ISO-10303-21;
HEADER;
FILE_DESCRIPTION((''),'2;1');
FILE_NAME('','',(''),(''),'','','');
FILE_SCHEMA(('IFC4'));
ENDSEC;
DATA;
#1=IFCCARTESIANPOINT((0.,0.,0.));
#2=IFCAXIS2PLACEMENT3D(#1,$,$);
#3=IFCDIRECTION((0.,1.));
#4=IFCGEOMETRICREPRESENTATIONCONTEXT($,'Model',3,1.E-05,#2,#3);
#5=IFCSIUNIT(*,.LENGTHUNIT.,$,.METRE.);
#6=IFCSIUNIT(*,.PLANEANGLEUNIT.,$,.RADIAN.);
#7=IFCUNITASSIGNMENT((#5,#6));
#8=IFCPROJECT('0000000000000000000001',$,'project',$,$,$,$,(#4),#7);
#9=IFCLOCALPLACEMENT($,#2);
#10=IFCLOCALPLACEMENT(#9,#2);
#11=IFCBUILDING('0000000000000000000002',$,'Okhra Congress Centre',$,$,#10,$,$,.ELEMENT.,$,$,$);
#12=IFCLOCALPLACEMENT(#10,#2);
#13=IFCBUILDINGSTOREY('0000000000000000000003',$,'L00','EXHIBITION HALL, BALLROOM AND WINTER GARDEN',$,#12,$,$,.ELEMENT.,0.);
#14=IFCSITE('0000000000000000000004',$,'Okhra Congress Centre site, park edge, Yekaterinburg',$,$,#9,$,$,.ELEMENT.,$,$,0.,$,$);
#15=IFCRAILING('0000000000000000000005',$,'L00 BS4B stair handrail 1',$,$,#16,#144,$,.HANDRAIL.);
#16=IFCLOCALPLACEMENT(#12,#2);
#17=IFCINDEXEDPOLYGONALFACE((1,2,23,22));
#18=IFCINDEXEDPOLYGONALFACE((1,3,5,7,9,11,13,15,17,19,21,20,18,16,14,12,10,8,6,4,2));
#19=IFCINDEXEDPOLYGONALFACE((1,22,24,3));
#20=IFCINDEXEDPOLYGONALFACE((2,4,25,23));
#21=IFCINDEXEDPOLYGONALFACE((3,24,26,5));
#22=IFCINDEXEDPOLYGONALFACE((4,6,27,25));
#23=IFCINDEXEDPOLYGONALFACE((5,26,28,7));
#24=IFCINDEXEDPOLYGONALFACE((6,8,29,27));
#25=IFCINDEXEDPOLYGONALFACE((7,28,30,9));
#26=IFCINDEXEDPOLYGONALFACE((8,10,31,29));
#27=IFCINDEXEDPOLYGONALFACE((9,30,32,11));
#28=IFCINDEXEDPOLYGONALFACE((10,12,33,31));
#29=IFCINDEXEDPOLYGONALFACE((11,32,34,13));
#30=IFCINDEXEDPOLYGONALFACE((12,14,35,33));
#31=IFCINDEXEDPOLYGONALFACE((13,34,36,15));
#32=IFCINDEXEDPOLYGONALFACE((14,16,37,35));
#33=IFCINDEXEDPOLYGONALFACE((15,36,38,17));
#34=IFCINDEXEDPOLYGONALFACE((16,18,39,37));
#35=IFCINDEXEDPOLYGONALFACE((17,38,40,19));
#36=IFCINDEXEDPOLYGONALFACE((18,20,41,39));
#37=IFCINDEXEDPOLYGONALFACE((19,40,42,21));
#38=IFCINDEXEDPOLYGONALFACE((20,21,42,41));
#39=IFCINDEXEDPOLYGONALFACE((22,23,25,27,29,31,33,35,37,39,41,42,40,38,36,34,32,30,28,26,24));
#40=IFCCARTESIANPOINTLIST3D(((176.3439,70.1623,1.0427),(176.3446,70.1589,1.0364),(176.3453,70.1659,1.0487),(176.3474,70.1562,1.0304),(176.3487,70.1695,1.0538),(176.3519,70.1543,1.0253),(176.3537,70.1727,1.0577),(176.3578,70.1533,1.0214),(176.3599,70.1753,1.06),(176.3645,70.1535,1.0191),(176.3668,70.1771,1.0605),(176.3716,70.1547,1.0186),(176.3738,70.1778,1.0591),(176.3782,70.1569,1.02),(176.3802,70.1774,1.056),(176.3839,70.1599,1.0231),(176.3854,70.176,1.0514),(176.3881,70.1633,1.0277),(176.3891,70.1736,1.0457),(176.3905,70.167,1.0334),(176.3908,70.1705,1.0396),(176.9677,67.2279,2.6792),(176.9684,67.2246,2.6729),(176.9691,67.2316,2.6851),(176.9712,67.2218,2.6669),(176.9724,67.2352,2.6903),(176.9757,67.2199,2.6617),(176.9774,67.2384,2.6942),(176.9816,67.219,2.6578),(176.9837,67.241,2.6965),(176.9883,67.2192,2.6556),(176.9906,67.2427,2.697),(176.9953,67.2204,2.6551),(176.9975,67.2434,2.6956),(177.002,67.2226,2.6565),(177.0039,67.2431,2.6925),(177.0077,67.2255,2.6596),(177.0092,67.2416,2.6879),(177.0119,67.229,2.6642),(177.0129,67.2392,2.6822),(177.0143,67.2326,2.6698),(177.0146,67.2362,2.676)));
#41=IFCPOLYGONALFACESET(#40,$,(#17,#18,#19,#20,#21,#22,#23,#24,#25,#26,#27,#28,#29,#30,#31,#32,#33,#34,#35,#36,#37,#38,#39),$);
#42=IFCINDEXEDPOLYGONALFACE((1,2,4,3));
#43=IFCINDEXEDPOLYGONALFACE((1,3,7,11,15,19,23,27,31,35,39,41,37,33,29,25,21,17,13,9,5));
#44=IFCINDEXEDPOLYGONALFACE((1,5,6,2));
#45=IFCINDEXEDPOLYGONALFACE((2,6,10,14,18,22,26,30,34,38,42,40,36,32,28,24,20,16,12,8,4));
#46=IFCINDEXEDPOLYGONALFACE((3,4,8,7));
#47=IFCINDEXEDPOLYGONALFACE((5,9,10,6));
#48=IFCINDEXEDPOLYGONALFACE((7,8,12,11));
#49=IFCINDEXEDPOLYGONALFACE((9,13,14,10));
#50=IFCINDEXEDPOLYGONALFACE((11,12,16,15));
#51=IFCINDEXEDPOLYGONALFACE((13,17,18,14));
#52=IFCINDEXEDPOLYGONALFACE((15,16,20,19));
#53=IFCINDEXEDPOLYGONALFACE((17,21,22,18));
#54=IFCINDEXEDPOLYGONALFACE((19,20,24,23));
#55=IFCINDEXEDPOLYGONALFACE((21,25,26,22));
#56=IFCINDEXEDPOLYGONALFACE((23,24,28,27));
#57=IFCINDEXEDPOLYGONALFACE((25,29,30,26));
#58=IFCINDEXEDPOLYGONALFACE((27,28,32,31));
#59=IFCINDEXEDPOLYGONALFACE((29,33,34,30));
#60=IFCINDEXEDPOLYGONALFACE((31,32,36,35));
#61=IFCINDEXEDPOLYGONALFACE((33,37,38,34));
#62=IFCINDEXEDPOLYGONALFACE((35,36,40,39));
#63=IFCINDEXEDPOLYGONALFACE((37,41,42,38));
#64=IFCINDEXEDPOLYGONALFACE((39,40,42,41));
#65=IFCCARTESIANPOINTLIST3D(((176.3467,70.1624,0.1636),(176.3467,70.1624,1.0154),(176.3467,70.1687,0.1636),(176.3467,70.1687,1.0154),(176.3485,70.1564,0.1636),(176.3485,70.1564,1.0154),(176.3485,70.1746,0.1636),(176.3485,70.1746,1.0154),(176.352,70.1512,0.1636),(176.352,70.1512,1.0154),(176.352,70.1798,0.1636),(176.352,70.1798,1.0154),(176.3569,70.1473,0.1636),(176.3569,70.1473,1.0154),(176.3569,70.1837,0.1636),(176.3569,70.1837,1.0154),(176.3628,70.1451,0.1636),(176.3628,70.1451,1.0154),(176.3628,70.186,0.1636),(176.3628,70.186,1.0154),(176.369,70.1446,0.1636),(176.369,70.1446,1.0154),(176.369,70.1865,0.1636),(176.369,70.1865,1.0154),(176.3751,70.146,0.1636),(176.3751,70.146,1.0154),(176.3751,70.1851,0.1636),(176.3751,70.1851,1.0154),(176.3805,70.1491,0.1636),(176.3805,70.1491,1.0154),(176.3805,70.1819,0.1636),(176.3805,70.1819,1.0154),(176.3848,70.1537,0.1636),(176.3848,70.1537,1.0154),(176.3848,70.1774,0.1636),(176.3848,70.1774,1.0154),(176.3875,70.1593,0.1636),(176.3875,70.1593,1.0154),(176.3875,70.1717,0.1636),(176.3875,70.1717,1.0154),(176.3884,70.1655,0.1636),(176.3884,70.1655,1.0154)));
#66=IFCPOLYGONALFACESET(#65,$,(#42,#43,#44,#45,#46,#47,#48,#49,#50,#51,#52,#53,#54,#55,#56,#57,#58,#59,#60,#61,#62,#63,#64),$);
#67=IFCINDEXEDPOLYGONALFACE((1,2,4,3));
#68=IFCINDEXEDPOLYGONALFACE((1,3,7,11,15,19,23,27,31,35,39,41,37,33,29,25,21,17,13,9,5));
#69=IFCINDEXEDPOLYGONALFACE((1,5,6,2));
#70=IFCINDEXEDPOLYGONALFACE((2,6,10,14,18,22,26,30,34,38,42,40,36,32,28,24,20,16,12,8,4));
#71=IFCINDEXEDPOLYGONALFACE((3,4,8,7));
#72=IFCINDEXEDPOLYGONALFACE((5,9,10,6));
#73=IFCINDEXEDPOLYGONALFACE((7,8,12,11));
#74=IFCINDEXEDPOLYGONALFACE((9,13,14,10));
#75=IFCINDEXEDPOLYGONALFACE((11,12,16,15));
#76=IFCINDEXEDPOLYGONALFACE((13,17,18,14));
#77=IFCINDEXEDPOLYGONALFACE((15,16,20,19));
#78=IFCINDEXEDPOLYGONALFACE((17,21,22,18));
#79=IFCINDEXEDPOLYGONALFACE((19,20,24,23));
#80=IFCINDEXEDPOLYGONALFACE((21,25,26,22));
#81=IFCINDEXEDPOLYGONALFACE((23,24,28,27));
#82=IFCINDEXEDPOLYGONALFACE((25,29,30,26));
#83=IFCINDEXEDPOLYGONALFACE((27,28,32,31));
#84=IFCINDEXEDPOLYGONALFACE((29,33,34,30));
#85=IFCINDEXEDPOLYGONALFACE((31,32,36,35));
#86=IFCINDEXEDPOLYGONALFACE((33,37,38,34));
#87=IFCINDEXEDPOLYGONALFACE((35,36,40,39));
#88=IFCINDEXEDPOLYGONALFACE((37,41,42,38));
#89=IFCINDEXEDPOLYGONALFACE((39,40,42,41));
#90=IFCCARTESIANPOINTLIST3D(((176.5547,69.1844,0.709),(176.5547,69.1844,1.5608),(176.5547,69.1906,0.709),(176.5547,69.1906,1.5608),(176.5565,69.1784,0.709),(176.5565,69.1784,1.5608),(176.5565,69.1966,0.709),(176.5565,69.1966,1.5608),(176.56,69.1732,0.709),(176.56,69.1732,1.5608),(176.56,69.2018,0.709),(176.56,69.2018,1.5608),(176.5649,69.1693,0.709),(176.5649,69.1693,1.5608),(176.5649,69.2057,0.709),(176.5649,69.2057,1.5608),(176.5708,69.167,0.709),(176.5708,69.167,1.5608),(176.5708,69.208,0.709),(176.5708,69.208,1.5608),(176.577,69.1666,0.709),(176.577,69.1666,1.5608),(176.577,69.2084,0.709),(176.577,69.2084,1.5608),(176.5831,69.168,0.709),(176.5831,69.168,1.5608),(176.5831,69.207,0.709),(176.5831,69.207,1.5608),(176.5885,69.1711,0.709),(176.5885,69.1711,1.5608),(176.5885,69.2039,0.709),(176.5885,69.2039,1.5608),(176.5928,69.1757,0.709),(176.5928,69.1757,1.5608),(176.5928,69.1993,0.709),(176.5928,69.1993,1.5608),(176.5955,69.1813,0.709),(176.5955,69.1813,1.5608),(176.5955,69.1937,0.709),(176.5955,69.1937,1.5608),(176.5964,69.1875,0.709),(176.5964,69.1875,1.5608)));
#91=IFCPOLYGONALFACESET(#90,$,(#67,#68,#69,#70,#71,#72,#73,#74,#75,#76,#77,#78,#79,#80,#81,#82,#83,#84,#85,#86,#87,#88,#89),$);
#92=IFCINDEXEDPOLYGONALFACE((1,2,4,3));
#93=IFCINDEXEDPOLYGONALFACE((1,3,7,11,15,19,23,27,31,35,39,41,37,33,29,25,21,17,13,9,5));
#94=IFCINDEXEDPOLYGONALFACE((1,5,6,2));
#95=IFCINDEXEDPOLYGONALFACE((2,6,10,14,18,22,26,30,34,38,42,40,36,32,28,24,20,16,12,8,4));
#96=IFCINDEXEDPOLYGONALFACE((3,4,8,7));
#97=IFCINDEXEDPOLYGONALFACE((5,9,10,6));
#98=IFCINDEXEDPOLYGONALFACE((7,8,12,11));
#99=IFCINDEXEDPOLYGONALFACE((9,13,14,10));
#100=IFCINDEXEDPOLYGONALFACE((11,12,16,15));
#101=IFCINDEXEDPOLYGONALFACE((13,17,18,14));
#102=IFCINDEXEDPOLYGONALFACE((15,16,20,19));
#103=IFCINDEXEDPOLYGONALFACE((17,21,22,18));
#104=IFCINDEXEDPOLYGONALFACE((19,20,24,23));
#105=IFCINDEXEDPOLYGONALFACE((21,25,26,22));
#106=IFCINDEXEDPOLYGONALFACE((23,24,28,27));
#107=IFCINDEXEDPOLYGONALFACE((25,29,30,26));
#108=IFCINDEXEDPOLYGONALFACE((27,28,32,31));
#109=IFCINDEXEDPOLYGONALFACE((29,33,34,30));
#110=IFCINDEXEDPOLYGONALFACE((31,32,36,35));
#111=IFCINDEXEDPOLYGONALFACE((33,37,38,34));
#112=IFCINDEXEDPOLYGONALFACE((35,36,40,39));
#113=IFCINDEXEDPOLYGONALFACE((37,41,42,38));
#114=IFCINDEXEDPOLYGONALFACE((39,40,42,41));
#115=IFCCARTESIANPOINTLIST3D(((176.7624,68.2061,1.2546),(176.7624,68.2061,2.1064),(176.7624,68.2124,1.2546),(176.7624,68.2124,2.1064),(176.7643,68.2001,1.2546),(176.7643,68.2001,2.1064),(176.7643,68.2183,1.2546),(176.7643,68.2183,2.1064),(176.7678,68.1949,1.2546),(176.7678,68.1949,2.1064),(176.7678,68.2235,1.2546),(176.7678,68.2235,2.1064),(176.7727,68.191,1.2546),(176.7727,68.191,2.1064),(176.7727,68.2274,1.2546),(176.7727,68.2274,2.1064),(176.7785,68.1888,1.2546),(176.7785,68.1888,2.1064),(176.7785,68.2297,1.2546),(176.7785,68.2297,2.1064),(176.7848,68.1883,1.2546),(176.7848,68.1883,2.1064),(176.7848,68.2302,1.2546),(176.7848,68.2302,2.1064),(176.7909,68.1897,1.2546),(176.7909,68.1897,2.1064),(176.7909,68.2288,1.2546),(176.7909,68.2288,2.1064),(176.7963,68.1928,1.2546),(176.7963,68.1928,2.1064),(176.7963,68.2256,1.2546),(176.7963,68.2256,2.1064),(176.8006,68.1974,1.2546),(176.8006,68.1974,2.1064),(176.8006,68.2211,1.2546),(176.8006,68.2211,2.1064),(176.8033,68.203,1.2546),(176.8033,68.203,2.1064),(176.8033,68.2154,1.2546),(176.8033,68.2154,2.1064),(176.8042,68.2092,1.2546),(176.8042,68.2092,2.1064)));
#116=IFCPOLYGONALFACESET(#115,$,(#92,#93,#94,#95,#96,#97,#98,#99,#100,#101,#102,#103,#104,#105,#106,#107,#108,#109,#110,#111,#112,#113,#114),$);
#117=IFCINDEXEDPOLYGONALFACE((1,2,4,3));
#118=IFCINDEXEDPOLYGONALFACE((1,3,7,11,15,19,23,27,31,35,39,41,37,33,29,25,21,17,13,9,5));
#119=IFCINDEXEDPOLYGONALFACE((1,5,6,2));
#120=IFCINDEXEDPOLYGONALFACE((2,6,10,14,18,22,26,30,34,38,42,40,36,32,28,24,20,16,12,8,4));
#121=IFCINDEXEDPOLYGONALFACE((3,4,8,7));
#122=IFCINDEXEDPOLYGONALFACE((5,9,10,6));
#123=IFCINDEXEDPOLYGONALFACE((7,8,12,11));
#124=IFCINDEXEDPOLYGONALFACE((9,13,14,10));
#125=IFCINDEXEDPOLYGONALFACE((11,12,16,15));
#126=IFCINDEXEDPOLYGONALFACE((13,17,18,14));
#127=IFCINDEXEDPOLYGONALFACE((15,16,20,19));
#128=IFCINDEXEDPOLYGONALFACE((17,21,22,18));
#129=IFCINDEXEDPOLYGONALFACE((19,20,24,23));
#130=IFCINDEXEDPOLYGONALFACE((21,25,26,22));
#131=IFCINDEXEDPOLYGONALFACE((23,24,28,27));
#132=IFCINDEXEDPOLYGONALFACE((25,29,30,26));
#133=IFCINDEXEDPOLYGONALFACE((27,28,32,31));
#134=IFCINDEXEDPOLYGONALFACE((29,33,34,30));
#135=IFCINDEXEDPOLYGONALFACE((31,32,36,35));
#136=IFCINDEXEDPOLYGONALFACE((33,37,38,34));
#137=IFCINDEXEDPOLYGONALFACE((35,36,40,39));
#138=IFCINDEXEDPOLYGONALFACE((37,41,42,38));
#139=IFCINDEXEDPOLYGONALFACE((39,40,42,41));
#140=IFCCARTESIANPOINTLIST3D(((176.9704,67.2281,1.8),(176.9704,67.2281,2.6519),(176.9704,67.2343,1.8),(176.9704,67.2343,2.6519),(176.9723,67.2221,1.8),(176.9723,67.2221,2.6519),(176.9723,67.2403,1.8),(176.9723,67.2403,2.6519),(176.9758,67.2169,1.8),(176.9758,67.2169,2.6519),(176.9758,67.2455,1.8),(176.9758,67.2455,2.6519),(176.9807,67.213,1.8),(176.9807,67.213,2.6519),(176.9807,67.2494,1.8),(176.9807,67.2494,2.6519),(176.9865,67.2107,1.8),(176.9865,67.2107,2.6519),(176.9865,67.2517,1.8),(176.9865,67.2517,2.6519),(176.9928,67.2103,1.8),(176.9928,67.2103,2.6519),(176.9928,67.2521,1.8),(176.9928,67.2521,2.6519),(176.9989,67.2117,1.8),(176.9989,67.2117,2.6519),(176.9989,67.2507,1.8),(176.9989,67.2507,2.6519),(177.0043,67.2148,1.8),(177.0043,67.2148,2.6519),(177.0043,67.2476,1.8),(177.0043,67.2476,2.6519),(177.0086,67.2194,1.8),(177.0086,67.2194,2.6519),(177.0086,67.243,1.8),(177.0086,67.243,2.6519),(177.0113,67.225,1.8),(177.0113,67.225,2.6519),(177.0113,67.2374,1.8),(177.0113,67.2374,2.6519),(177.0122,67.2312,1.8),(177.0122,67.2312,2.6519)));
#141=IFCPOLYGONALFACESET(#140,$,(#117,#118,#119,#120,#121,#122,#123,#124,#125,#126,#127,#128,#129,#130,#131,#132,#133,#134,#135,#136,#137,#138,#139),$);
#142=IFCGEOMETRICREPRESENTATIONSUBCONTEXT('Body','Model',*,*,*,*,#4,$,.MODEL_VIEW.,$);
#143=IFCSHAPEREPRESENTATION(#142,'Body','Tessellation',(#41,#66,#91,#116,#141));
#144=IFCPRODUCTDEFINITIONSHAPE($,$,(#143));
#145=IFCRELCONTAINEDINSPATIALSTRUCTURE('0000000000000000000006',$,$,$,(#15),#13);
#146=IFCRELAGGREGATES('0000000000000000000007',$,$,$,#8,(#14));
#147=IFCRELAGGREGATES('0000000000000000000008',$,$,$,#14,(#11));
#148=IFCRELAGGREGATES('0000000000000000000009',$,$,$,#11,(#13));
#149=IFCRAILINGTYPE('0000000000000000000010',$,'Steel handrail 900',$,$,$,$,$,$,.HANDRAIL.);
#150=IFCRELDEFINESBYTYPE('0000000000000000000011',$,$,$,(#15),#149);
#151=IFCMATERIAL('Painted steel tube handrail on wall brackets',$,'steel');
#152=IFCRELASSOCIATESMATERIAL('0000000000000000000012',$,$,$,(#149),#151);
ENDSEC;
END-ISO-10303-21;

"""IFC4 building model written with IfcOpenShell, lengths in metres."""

from ifc_helpers import new_model, si_unit, direction, frame, origin, origin_2d, place, context, subcontext, project, spatial, circle, extrude, material, type_object, element, save


model = new_model("IFC4")

# Units and contexts
model_context = context("Model", 3, precision=1e-05, world=origin(), true_north=direction((0.0, 1.0)))
body_context = subcontext(model_context, "Body", "Model", "MODEL_VIEW")
ifc_project = project(units=[si_unit("LENGTHUNIT", "METRE"), si_unit("PLANEANGLEUNIT", "RADIAN")], contexts=[model_context])

# Site, building, storey
site_placement = place(None, origin())
site = spatial("IfcSite", under=ifc_project, at=site_placement, Name="Okhra Congress Centre site, park edge, Yekaterinburg", CompositionType="ELEMENT", RefElevation=0.0)
building_placement = place(site_placement, origin())
building = spatial("IfcBuilding", under=site, at=building_placement, Name="Okhra Congress Centre", CompositionType="ELEMENT")
storey_placement = place(building_placement, origin())
storey = spatial("IfcBuildingStorey", under=building, at=storey_placement, Name="L00", Description="EXHIBITION HALL, BALLROOM AND WINTER GARDEN", CompositionType="ELEMENT", Elevation=0.0)

# Railing
ifc_material_1 = material(Name="Painted steel tube handrail on wall brackets", Category="steel")
railing_type_1 = type_object("IfcRailingType", Name="Steel handrail 900", PredefinedType="HANDRAIL", material=ifc_material_1)
railing_1_placement = place(storey_placement, frame((176.3674, 70.1655, 0.1636)))
element("IfcRailing", 1, at=railing_1_placement, inside=storey, type_object=railing_type_1, Name="L00 BS4B stair handrail 1", PredefinedType="HANDRAIL", context=body_context, shape_type="SweptSolid", body=[
    extrude(circle(Radius=0.0239, at=origin_2d()), frame((0.0, 0.0, 0.876), z_axis=(0.18254, -0.858687, 0.47889), x_axis=(0.978143, 0.207934, 0.0)), (0.0, 0.0, 1.0), 3.4172),
    extrude(circle(Radius=0.021, at=origin_2d()), origin(), (0.0, 0.0, 1.0), 0.8518),
    extrude(circle(Radius=0.021, at=origin_2d()), frame((0.208, -0.978, 0.5454)), (0.0, 0.0, 1.0), 0.8518),
    extrude(circle(Radius=0.021, at=origin_2d()), frame((0.4158, -1.9563, 1.0911)), (0.0, 0.0, 1.0), 0.8518),
    extrude(circle(Radius=0.021, at=origin_2d()), frame((0.6238, -2.9343, 1.6365)), (0.0, 0.0, 1.0), 0.8518),
])

save(model, "model.ifc")
